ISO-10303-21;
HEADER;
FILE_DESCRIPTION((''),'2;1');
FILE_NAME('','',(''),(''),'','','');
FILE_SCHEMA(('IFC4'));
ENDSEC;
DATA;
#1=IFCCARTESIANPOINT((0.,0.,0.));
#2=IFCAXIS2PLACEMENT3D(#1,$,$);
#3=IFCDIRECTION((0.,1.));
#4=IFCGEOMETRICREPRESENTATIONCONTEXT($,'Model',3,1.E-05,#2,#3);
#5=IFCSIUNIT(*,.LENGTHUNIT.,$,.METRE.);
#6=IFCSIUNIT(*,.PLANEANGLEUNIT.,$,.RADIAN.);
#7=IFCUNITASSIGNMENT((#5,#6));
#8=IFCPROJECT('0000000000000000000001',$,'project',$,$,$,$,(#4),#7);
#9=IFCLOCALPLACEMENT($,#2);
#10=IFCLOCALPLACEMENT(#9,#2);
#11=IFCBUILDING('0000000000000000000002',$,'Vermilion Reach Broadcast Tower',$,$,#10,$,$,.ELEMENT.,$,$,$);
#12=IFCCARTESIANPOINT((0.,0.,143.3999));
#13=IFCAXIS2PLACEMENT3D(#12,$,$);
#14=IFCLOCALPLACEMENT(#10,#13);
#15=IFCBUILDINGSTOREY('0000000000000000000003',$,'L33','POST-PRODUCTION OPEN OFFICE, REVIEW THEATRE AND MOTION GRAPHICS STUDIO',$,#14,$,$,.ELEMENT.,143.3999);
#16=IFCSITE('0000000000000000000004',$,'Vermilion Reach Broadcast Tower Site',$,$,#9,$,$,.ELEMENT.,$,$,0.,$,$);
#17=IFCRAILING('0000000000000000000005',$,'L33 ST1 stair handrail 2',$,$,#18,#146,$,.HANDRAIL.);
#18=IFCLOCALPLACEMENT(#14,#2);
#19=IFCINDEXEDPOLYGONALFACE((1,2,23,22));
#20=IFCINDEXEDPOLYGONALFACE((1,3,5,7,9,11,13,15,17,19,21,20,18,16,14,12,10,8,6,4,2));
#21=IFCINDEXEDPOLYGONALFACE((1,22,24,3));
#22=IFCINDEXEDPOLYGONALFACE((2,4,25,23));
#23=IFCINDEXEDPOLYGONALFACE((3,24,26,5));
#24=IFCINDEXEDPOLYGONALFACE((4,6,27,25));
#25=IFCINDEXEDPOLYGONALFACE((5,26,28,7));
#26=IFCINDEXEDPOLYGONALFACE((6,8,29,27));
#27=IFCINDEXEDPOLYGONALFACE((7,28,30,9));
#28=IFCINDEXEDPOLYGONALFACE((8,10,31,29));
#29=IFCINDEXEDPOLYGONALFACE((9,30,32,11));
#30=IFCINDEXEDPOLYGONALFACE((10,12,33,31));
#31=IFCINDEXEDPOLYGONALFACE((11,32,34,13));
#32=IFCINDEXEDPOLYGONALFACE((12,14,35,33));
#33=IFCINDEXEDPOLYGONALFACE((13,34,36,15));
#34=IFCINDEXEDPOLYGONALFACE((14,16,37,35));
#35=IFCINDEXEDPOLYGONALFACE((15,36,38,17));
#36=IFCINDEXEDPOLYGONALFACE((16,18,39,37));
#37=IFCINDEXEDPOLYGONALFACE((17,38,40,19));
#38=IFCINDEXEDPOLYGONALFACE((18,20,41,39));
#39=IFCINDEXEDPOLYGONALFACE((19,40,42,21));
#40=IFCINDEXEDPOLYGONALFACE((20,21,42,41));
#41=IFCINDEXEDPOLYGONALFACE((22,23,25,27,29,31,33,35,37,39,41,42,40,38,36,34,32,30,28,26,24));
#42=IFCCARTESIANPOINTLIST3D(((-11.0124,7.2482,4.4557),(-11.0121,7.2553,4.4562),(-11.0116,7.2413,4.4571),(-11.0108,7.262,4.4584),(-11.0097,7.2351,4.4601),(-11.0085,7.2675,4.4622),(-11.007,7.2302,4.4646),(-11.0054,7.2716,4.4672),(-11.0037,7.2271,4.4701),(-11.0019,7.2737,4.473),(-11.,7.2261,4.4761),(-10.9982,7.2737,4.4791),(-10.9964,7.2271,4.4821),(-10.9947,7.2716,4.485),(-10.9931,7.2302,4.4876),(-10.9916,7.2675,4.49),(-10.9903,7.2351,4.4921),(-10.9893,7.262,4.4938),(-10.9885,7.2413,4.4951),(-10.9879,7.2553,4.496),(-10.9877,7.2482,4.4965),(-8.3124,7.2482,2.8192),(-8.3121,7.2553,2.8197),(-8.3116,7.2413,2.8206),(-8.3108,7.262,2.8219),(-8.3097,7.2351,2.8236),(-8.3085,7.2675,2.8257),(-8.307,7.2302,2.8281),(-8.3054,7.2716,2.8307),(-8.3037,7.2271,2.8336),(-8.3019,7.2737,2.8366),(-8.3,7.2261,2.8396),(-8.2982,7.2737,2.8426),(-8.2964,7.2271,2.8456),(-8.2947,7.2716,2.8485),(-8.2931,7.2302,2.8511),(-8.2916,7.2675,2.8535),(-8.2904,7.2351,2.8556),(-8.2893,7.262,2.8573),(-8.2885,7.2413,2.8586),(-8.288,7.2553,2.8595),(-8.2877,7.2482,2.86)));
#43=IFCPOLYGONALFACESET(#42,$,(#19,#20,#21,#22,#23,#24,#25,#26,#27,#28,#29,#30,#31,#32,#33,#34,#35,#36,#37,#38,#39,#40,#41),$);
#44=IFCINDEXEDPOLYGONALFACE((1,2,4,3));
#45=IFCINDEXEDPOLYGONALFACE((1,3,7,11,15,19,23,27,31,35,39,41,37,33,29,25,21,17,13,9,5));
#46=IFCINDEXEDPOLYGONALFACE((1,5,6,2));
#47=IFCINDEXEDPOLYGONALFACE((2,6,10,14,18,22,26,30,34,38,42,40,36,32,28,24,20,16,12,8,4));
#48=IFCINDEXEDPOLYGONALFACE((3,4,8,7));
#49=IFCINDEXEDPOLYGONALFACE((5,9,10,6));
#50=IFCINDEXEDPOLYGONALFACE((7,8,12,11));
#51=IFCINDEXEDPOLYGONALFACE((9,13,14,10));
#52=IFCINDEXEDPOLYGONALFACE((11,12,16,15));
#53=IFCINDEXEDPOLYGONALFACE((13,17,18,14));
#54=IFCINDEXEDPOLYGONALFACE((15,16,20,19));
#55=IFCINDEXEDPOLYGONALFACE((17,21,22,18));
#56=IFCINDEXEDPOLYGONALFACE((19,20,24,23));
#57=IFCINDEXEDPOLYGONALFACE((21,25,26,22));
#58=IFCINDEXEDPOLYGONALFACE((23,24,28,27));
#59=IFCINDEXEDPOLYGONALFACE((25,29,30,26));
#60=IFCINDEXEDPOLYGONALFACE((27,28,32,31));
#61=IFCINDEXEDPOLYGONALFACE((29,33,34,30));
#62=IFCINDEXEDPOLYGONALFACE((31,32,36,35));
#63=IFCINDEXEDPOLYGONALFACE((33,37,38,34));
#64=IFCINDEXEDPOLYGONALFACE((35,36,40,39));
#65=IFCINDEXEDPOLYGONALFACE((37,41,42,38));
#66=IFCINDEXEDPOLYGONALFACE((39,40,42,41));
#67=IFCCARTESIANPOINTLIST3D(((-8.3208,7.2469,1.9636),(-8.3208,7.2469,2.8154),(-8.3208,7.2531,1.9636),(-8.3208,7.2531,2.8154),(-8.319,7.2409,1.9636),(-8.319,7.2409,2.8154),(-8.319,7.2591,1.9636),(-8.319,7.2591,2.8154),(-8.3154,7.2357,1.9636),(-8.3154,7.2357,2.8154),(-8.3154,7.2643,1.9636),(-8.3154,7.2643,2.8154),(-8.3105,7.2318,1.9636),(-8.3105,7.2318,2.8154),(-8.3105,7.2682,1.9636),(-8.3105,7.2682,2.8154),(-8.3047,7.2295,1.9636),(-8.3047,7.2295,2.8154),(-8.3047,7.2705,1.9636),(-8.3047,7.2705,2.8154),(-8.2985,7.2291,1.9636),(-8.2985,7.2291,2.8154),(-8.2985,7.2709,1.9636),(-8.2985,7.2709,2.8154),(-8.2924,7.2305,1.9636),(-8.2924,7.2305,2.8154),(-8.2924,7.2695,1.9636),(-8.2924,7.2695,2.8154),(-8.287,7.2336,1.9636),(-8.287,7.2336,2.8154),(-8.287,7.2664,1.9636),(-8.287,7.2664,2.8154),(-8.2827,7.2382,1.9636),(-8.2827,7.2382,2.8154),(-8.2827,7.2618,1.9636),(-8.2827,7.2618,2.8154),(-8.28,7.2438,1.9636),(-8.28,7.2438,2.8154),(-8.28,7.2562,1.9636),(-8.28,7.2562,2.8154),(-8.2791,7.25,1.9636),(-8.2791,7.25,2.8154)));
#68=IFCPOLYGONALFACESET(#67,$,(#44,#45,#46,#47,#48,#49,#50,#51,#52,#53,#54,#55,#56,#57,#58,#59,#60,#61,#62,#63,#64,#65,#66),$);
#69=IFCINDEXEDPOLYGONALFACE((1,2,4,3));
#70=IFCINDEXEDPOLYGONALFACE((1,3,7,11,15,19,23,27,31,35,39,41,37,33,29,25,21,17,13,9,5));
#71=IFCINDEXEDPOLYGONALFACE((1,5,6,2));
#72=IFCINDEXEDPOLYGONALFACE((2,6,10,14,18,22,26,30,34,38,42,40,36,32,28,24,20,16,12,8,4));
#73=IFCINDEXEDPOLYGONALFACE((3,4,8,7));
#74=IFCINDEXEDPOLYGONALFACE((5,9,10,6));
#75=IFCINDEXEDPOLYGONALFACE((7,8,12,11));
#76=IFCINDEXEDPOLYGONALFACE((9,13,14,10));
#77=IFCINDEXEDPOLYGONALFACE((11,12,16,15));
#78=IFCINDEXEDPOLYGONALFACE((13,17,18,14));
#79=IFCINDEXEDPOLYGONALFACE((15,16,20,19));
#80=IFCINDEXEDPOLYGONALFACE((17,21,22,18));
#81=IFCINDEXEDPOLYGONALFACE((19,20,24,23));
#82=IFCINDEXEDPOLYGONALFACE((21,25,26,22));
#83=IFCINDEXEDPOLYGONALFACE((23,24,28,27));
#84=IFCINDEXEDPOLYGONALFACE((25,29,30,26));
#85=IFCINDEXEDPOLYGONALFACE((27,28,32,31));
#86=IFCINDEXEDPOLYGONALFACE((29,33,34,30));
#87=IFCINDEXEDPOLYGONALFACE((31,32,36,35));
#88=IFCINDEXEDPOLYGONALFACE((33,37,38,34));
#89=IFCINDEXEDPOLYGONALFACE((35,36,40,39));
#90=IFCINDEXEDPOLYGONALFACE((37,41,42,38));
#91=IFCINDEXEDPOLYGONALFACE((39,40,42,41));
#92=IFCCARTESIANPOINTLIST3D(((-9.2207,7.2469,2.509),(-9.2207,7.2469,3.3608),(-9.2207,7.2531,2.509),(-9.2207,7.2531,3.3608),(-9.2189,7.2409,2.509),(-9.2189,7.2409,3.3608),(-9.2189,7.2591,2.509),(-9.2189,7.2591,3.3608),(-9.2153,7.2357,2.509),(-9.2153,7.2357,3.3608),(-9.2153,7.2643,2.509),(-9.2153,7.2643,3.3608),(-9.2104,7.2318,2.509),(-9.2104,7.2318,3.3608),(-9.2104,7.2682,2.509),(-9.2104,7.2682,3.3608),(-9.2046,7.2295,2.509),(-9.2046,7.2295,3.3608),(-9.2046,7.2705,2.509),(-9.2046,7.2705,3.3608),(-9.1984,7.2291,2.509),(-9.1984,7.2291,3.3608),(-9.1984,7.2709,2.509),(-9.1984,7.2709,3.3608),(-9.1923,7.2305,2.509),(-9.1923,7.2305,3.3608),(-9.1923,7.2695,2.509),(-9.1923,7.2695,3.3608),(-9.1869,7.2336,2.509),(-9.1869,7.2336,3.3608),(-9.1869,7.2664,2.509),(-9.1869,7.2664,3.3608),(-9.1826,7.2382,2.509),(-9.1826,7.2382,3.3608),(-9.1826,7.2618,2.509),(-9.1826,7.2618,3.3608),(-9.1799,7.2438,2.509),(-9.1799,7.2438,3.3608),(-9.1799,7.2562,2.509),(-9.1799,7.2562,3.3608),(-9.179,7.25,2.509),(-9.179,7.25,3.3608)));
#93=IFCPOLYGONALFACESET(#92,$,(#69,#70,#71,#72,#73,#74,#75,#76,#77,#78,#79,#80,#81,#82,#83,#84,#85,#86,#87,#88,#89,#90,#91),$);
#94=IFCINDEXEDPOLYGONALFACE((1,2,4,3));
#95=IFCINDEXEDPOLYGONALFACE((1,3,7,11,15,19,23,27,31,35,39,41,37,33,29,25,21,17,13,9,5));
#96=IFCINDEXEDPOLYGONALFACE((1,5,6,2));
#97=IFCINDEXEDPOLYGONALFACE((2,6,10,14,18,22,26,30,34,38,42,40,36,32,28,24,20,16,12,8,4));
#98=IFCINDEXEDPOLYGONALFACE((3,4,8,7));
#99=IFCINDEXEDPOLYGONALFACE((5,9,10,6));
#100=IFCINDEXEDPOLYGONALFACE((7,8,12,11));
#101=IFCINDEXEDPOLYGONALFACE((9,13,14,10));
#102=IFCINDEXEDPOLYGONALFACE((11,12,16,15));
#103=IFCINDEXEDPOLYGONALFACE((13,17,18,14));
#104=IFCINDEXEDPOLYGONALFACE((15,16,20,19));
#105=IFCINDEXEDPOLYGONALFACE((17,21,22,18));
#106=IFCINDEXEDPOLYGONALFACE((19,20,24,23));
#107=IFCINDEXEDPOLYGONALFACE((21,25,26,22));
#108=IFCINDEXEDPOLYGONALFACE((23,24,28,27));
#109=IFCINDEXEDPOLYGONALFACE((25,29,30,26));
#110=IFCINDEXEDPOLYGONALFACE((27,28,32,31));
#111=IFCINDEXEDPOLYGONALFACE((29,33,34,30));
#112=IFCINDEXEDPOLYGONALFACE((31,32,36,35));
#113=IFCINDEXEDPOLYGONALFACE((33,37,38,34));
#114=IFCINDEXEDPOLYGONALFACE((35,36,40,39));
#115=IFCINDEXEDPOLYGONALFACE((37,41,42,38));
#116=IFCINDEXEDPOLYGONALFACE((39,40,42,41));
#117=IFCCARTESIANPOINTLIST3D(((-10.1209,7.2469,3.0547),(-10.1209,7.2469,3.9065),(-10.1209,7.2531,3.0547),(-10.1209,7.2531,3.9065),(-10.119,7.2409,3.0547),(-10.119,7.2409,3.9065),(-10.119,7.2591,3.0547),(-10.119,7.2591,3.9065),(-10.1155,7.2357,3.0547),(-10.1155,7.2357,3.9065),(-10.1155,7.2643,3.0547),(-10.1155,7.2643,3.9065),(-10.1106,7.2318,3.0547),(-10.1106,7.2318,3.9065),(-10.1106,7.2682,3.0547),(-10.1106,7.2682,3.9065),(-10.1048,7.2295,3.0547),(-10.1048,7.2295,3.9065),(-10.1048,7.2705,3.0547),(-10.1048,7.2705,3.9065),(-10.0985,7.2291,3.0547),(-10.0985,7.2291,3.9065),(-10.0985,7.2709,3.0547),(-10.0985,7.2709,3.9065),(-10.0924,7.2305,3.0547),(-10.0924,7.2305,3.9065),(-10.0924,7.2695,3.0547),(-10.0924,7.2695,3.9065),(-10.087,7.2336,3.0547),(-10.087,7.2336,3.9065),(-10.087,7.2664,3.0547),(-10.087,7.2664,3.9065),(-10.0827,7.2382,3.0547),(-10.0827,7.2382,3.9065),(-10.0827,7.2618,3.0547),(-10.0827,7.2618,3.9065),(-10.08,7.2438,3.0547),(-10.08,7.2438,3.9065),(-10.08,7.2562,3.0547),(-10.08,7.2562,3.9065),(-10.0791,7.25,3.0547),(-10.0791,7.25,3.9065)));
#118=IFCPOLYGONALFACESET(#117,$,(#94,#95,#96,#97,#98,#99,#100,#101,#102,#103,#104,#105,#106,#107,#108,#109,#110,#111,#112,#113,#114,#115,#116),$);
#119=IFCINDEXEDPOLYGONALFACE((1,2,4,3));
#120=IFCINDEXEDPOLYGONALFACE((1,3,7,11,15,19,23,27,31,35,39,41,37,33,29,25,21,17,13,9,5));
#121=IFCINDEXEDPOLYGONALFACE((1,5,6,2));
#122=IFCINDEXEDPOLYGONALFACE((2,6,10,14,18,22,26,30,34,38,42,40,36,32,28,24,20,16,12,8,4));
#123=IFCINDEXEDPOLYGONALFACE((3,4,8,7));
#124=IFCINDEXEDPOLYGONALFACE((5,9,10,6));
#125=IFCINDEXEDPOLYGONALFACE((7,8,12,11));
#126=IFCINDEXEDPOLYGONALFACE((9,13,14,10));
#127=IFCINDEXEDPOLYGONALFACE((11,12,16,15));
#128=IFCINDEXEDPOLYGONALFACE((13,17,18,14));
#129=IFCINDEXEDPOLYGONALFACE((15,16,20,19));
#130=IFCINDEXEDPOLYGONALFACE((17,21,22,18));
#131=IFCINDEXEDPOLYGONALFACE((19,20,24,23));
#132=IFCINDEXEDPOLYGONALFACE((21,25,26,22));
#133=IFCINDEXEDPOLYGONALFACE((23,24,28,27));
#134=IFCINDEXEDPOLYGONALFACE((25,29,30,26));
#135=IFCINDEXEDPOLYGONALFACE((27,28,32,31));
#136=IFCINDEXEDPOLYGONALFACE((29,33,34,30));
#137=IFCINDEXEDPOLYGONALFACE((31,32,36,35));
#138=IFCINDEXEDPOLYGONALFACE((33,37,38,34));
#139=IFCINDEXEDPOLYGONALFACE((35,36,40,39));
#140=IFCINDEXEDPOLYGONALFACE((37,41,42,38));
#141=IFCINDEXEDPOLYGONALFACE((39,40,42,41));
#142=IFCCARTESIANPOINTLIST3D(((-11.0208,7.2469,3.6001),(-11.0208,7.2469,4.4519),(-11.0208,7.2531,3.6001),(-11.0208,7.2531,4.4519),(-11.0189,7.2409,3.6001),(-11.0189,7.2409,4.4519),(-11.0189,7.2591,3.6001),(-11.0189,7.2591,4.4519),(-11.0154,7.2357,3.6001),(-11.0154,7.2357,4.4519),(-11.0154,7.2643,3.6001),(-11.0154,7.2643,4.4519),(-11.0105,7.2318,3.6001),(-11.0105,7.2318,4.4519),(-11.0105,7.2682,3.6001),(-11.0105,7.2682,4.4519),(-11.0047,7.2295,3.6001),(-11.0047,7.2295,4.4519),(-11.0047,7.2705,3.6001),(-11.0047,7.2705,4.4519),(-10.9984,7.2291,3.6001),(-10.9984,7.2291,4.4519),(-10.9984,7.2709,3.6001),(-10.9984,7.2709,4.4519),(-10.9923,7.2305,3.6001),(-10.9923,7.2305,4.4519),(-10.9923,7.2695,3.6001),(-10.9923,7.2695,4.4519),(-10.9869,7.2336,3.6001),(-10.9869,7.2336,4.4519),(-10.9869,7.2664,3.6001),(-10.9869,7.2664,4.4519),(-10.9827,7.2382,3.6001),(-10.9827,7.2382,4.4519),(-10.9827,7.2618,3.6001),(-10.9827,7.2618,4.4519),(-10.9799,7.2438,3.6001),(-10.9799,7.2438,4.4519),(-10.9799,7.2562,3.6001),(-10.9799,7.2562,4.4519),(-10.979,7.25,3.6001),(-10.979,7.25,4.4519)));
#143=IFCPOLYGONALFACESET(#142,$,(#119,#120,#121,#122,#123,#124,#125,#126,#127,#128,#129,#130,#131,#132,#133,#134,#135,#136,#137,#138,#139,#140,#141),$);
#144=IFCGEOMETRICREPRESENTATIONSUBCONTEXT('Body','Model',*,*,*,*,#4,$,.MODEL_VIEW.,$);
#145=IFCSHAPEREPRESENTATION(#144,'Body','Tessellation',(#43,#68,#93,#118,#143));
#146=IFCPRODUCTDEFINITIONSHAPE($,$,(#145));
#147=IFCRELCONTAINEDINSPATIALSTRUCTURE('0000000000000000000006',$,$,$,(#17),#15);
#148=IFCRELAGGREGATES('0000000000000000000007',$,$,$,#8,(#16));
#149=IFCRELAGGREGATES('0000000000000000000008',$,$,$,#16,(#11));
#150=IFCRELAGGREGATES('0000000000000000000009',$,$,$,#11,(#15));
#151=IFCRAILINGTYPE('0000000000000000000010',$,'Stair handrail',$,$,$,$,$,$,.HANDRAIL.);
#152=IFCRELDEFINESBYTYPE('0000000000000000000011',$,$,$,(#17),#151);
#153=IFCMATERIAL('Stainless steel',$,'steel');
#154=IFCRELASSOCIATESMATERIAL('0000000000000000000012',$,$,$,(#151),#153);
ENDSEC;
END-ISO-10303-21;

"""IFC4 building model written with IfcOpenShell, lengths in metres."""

from ifc_helpers import new_model, si_unit, direction, frame, origin, origin_2d, place, context, subcontext, project, spatial, circle, extrude, material, type_object, element, save


model = new_model("IFC4")

# Units and contexts
model_context = context("Model", 3, precision=1e-05, world=origin(), true_north=direction((0.0, 1.0)))
body_context = subcontext(model_context, "Body", "Model", "MODEL_VIEW")
ifc_project = project(units=[si_unit("LENGTHUNIT", "METRE"), si_unit("PLANEANGLEUNIT", "RADIAN")], contexts=[model_context])

# Site, building, storey
site_placement = place(None, origin())
site = spatial("IfcSite", under=ifc_project, at=site_placement, Name="Vermilion Reach Broadcast Tower Site", CompositionType="ELEMENT", RefElevation=0.0)
building_placement = place(site_placement, origin())
building = spatial("IfcBuilding", under=site, at=building_placement, Name="Vermilion Reach Broadcast Tower", CompositionType="ELEMENT")
storey_placement = place(building_placement, frame((0.0, 0.0, 143.3999)))
storey = spatial("IfcBuildingStorey", under=building, at=storey_placement, Name="L33", Description="POST-PRODUCTION OPEN OFFICE, REVIEW THEATRE AND MOTION GRAPHICS STUDIO", CompositionType="ELEMENT", Elevation=143.3999)

# Railing
ifc_material_1 = material(Name="Stainless steel", Category="steel")
railing_type_1 = type_object("IfcRailingType", Name="Stair handrail", PredefinedType="HANDRAIL", material=ifc_material_1)
railing_1_placement = place(storey_placement, frame((-8.3, 7.25, 1.9636)))
element("IfcRailing", 1, at=railing_1_placement, inside=storey, type_object=railing_type_1, Name="L33 ST1 stair handrail 2", PredefinedType="HANDRAIL", context=body_context, shape_type="SweptSolid", body=[
    extrude(circle(Radius=0.0239, at=origin_2d()), frame((0.0, 0.0, 0.876), z_axis=(-0.855178, 0.0, 0.518334), x_axis=(0.0, -1.0, 0.0)), (0.0, 0.0, 1.0), 3.1572),
    extrude(circle(Radius=0.021, at=origin_2d()), origin(), (0.0, 0.0, 1.0), 0.8518),
    extrude(circle(Radius=0.021, at=origin_2d()), frame((-0.8999, 0.0, 0.5454)), (0.0, 0.0, 1.0), 0.8518),
    extrude(circle(Radius=0.021, at=origin_2d()), frame((-1.8, 0.0, 1.0911)), (0.0, 0.0, 1.0), 0.8518),
    extrude(circle(Radius=0.021, at=origin_2d()), frame((-2.7, 0.0, 1.6365)), (0.0, 0.0, 1.0), 0.8518),
])

save(model, "model.ifc")
